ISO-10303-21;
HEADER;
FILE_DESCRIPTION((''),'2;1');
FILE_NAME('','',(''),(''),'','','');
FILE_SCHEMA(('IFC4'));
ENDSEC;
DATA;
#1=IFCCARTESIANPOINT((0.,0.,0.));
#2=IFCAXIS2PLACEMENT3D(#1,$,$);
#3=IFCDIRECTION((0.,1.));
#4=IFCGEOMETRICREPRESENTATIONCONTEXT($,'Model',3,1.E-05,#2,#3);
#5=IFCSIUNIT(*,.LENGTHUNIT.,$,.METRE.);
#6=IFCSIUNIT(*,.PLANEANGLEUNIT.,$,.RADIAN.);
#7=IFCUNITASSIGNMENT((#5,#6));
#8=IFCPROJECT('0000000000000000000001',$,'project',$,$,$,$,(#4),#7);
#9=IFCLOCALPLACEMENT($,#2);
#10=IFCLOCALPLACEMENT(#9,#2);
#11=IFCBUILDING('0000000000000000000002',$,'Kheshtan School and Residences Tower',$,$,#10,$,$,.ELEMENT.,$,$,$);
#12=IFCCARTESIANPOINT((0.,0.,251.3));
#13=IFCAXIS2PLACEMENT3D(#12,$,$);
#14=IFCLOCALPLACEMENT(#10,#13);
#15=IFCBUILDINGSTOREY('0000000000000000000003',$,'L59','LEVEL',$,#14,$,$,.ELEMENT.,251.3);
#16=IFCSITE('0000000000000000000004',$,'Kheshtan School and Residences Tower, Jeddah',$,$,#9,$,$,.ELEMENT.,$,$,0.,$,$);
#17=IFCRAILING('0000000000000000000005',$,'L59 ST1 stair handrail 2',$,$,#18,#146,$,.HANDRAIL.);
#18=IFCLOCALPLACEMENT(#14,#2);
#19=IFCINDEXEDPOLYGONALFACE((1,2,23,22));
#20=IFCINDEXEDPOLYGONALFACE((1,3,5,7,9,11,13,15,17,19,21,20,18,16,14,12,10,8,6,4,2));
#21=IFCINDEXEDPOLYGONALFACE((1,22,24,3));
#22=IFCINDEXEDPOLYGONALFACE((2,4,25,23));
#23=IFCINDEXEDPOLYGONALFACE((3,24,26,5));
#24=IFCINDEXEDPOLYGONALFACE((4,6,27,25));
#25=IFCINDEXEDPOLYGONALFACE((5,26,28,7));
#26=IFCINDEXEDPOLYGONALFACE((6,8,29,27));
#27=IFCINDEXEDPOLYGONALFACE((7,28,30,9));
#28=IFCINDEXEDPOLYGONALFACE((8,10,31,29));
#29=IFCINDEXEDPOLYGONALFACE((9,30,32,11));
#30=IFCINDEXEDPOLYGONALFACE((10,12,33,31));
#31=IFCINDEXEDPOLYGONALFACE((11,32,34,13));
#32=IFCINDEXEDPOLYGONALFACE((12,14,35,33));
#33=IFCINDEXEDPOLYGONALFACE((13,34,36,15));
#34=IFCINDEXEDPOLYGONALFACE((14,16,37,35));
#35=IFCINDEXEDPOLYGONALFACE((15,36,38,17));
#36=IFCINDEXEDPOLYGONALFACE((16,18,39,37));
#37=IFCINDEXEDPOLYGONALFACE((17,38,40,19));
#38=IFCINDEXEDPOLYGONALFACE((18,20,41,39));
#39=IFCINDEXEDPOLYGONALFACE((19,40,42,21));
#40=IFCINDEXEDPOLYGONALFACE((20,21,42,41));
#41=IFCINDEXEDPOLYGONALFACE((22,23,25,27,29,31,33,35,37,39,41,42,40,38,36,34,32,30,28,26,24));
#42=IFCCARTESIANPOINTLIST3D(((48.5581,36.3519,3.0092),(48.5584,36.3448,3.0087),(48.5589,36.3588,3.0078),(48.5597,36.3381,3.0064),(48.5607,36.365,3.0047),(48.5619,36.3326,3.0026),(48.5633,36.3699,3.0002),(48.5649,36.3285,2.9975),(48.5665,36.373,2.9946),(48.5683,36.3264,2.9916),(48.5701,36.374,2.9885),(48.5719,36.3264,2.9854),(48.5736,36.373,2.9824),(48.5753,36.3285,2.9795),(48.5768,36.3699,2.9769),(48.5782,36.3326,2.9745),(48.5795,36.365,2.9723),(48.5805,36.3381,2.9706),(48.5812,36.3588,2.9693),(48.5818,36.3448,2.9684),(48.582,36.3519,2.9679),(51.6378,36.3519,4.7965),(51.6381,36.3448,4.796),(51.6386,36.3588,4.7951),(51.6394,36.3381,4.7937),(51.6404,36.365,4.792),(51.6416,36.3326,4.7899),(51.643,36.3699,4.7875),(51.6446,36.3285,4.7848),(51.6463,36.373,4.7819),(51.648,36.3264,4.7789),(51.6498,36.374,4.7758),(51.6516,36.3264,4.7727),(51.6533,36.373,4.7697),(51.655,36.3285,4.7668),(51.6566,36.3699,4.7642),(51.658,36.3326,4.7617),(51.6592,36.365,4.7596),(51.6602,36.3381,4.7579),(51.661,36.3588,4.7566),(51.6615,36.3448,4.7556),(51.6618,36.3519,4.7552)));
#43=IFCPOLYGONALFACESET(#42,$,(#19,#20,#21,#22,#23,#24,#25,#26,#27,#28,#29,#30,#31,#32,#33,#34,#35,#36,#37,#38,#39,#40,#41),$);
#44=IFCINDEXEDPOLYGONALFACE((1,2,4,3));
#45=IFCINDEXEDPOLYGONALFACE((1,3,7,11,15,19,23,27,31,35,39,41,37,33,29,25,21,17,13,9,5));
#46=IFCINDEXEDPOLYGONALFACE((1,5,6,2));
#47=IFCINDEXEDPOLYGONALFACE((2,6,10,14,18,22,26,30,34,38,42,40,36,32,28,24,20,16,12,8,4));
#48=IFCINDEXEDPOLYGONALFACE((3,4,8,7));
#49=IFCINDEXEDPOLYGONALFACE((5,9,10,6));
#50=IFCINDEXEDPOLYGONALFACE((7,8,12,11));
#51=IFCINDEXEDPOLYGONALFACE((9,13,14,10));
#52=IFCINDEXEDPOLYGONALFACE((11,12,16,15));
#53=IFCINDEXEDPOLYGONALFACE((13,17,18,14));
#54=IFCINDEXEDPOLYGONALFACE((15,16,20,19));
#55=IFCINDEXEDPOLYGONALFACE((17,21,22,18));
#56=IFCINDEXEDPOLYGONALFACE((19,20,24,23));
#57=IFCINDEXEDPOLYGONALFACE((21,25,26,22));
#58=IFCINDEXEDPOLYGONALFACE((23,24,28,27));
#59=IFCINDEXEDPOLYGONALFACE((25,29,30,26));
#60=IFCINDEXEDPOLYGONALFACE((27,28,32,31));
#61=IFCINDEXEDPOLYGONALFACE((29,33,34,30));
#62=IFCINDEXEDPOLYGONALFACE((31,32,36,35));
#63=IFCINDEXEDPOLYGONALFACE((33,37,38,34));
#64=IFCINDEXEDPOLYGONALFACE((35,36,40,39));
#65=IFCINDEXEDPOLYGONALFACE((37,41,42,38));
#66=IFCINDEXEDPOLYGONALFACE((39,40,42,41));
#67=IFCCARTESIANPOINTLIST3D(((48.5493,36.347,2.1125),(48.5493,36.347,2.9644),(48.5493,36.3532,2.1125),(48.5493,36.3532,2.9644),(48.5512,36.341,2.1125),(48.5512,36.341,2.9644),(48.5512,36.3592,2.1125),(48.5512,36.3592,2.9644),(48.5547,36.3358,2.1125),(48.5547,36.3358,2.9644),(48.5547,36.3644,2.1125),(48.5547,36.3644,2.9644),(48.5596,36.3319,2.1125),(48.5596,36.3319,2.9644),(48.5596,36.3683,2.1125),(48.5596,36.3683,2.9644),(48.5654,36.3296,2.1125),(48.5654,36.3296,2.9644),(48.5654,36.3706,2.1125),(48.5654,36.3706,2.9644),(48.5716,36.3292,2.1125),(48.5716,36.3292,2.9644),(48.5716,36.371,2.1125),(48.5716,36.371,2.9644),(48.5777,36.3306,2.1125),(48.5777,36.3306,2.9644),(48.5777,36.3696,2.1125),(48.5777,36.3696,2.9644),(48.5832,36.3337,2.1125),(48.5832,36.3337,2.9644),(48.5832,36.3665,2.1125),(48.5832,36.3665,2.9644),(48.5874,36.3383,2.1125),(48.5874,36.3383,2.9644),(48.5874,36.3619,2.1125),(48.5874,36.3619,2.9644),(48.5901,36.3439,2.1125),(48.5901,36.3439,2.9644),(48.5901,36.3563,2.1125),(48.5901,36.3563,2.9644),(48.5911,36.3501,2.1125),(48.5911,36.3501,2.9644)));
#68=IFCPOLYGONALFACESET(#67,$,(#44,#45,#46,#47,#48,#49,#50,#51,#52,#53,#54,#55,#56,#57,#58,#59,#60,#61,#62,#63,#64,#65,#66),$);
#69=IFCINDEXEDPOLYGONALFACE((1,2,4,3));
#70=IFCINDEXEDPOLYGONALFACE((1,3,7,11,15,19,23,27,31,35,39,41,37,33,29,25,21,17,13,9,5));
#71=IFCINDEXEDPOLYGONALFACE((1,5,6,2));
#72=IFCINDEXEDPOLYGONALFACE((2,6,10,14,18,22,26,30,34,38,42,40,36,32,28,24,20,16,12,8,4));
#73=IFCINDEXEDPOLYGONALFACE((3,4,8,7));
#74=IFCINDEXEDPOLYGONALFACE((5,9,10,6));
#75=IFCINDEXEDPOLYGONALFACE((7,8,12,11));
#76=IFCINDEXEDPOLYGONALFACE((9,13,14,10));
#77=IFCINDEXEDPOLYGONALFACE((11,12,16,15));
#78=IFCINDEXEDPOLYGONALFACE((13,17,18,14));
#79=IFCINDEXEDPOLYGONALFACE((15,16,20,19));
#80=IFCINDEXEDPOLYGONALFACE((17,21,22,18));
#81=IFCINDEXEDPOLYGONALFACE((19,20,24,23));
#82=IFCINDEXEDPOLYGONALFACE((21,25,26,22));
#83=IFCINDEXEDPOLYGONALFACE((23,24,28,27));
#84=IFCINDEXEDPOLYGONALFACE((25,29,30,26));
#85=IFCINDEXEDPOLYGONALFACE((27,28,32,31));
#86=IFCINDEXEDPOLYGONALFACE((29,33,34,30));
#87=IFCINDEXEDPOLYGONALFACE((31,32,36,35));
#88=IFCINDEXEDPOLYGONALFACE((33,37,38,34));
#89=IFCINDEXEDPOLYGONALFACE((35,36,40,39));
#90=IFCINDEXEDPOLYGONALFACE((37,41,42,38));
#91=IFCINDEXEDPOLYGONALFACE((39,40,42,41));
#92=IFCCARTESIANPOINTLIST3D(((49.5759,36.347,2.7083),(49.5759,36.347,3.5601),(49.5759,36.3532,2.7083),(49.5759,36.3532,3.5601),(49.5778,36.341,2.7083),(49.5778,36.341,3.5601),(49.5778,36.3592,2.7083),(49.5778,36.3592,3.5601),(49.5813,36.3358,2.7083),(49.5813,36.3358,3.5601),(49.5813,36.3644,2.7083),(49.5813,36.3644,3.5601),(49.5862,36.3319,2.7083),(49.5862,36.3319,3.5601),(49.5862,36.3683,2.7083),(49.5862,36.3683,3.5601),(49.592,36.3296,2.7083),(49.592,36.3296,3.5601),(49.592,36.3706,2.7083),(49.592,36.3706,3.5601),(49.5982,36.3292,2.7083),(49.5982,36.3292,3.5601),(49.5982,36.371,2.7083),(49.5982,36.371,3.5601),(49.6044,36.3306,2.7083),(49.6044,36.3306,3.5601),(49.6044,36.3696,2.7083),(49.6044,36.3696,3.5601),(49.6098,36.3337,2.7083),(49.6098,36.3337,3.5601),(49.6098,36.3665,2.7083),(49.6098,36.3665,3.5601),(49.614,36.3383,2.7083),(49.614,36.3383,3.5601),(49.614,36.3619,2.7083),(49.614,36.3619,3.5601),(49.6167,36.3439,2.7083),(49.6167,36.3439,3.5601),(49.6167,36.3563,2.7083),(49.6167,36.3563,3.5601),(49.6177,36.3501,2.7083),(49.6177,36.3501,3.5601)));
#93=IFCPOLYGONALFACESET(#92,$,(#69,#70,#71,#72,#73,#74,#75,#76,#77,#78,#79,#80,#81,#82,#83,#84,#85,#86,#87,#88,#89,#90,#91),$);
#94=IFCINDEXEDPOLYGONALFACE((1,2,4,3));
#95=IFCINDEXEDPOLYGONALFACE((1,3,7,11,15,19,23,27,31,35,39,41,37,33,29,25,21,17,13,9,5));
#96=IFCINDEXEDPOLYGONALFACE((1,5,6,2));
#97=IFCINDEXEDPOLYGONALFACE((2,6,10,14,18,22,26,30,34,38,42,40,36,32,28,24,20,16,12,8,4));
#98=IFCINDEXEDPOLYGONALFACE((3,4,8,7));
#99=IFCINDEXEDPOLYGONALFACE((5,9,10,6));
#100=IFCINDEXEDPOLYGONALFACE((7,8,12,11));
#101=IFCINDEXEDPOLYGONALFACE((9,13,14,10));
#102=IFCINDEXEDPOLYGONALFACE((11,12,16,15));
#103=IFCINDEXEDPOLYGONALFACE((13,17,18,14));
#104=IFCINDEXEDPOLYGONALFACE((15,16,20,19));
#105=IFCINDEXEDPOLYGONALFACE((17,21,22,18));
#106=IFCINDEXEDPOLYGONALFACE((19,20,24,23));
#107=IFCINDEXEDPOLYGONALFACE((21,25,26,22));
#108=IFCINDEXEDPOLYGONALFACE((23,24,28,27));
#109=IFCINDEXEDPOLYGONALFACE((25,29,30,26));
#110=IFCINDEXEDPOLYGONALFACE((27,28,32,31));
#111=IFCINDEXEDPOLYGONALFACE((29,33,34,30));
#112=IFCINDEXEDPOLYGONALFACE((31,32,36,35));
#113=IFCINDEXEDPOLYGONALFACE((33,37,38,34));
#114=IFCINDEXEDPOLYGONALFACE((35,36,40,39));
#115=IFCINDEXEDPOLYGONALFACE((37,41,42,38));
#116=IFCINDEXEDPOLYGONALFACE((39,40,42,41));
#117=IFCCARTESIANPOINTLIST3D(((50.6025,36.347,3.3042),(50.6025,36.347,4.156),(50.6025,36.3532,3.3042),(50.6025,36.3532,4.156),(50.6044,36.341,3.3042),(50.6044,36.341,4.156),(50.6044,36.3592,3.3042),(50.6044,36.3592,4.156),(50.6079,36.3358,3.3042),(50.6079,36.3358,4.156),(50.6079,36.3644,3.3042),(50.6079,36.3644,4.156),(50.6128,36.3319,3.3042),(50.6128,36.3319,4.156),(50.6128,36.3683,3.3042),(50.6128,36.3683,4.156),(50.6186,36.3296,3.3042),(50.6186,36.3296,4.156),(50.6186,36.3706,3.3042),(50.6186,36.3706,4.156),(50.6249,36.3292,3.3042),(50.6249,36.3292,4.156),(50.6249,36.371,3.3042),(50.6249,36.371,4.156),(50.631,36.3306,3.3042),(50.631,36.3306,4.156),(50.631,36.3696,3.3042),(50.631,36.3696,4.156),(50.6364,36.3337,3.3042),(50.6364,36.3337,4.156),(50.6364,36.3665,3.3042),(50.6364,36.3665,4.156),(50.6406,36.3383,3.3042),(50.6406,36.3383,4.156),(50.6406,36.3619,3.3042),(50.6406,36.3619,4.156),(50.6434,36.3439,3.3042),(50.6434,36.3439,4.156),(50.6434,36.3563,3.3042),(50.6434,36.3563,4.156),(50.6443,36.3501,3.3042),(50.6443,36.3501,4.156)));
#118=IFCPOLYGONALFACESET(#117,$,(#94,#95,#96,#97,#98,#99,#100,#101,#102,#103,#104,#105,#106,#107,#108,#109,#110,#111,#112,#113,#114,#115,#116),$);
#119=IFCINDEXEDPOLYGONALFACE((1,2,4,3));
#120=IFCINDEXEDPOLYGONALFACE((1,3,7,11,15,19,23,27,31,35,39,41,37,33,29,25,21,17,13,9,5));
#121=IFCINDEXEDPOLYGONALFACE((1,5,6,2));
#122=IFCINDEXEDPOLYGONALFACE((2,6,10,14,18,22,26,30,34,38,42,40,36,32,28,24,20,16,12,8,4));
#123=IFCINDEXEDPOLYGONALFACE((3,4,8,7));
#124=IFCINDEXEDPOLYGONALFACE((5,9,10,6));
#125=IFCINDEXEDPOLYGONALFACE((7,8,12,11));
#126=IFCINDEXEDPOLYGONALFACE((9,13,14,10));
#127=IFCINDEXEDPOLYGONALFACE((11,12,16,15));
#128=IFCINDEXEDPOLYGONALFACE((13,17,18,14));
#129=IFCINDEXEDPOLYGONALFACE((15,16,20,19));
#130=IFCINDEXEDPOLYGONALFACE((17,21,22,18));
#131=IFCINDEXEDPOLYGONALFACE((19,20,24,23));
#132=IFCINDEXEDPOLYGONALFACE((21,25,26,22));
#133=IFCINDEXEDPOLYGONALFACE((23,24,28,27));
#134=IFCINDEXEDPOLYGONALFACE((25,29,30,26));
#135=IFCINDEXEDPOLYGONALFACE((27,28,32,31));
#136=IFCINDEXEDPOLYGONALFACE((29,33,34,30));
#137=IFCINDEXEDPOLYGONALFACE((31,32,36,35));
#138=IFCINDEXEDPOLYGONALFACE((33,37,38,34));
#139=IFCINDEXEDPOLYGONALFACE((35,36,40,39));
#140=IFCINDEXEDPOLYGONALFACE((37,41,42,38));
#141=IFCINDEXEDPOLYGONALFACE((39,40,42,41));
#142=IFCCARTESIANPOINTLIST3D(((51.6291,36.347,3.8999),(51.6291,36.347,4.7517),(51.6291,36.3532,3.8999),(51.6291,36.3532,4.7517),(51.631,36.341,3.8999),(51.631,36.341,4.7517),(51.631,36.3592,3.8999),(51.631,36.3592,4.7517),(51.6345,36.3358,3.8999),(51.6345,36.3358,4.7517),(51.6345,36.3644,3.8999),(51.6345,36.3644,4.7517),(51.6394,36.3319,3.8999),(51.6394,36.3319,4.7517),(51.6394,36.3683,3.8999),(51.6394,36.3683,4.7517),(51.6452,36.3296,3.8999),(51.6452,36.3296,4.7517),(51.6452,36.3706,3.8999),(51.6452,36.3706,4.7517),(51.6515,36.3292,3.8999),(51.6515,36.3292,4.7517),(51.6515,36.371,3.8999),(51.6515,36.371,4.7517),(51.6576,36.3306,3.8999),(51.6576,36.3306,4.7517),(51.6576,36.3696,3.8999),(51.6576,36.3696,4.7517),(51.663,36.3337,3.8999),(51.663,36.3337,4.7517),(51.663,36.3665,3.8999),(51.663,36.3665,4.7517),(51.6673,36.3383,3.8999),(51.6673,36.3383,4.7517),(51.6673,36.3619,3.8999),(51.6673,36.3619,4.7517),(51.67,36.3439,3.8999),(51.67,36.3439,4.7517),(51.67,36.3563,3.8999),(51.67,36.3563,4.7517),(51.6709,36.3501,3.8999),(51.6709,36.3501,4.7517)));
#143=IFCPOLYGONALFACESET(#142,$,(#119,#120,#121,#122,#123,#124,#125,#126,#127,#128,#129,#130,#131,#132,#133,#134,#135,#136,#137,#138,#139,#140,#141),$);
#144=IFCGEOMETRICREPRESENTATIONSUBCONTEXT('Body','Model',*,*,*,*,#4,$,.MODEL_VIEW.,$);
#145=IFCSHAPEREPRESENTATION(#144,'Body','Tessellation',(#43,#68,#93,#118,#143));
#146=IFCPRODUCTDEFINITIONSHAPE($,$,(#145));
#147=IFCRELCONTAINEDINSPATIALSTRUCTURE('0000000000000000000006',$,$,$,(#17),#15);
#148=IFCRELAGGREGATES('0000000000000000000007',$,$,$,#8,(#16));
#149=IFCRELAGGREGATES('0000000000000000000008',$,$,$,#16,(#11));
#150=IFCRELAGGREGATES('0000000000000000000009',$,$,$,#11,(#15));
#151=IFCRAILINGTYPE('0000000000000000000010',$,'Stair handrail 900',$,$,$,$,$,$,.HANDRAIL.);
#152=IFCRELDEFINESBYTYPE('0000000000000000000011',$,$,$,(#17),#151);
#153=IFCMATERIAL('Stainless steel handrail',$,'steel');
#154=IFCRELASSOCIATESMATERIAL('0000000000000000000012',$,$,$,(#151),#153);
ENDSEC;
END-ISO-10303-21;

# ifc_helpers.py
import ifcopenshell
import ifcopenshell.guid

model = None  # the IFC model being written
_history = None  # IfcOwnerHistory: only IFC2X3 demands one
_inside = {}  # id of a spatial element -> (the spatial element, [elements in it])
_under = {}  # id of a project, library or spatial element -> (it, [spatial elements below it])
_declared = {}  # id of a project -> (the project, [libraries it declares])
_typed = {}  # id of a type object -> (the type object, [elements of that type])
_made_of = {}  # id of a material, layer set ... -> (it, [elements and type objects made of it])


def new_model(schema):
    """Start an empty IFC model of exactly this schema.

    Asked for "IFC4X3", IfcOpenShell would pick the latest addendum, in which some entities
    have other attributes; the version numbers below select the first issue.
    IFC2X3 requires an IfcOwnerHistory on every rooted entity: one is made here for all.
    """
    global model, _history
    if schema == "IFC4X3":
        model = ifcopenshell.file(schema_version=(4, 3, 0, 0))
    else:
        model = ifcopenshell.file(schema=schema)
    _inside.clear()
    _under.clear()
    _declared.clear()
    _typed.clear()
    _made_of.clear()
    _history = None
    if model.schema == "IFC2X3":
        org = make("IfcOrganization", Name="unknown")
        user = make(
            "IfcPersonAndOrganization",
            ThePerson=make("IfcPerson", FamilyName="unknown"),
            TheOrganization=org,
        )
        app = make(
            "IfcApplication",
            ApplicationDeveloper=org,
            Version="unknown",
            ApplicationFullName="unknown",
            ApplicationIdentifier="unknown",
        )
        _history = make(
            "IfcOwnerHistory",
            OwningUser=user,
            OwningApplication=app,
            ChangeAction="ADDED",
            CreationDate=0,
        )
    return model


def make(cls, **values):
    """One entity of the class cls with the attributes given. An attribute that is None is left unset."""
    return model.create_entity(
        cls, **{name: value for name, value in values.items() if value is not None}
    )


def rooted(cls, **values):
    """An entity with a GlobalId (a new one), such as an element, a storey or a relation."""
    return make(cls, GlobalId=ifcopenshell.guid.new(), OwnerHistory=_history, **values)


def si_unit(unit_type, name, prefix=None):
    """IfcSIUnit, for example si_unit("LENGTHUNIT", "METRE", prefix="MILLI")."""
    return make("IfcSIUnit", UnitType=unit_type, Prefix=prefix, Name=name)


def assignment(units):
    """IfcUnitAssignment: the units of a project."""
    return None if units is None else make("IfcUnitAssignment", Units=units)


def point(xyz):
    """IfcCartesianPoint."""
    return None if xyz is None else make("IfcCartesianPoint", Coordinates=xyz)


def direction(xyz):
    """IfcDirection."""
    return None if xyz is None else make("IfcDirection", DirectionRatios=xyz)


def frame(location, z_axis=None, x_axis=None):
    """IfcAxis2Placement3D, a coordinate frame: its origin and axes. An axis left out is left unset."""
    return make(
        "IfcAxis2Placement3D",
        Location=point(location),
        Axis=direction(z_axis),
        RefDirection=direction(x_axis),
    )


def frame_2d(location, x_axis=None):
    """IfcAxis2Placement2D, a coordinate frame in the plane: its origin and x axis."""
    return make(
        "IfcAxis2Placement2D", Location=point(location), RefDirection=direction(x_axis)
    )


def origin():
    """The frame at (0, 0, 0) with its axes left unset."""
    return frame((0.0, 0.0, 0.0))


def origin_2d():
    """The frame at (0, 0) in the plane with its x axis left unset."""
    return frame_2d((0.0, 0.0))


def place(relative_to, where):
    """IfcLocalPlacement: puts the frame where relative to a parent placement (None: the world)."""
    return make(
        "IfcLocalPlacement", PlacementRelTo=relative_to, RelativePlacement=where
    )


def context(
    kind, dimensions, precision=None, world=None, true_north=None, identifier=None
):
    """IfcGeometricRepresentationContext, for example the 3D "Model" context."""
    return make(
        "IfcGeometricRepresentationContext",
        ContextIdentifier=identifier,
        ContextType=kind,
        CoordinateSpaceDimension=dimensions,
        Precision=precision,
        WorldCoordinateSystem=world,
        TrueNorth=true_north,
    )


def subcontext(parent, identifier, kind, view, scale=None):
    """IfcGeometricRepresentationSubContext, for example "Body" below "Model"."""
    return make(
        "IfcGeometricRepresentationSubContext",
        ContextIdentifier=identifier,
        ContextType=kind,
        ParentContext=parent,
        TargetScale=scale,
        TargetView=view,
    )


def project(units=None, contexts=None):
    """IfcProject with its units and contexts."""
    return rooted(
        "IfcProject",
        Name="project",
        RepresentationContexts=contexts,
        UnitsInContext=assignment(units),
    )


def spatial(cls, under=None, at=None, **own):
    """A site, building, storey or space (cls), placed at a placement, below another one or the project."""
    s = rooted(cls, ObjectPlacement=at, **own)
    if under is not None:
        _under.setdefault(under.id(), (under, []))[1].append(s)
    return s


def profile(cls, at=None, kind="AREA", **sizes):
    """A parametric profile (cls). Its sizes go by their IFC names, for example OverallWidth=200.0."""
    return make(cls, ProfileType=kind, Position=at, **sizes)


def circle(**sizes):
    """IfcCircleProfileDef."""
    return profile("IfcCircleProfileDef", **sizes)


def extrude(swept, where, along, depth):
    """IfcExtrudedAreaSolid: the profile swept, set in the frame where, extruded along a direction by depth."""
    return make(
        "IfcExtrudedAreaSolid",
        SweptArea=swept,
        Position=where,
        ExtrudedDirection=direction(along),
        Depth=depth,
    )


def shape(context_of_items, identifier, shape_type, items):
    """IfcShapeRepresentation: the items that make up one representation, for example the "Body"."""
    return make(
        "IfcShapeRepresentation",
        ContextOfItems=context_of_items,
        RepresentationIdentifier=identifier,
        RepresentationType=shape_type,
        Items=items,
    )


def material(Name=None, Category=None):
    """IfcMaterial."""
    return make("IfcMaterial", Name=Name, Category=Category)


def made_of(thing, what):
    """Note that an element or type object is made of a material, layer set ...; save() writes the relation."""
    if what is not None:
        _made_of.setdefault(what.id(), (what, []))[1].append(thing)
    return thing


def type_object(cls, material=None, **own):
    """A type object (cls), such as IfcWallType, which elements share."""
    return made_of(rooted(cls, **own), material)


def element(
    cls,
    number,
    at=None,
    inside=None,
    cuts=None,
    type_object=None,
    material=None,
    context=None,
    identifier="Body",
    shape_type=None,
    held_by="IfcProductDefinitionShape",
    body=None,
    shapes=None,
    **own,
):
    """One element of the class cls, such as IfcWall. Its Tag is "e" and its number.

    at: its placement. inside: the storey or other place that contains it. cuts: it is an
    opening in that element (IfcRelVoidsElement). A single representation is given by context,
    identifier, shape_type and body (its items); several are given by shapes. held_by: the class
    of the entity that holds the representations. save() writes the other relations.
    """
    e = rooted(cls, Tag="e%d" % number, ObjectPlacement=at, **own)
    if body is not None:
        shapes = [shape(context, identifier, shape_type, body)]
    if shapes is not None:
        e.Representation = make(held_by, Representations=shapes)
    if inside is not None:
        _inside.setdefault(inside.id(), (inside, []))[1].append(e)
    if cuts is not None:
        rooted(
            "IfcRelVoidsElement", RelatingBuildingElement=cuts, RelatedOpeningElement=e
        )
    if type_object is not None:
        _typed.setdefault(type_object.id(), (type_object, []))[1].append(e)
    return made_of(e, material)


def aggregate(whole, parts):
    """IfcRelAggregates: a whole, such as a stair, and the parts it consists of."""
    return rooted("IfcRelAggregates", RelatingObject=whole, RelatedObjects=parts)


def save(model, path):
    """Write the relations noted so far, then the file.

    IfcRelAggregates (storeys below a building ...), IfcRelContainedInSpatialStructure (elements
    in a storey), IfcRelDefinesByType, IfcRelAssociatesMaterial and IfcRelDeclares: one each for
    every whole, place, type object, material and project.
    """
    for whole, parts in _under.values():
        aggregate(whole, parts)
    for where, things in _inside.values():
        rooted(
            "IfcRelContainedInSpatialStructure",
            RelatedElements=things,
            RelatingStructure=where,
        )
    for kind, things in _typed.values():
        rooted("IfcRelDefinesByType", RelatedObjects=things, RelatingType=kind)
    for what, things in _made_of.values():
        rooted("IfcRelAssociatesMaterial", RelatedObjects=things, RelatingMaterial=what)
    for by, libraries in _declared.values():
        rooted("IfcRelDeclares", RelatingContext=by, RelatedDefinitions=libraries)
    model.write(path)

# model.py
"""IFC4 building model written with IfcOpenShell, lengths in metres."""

from ifc_helpers import new_model, si_unit, direction, frame, origin, origin_2d, place, context, subcontext, project, spatial, circle, extrude, material, type_object, element, save


model = new_model("IFC4")

# Units and contexts
model_context = context("Model", 3, precision=1e-05, world=origin(), true_north=direction((0.0, 1.0)))
body_context = subcontext(model_context, "Body", "Model", "MODEL_VIEW")
ifc_project = project(units=[si_unit("LENGTHUNIT", "METRE"), si_unit("PLANEANGLEUNIT", "RADIAN")], contexts=[model_context])

# Site, building, storey
site_placement = place(None, origin())
site = spatial("IfcSite", under=ifc_project, at=site_placement, Name="Kheshtan School and Residences Tower, Jeddah", CompositionType="ELEMENT", RefElevation=0.0)
building_placement = place(site_placement, origin())
building = spatial("IfcBuilding", under=site, at=building_placement, Name="Kheshtan School and Residences Tower", CompositionType="ELEMENT")
storey_placement = place(building_placement, frame((0.0, 0.0, 251.3)))
storey = spatial("IfcBuildingStorey", under=building, at=storey_placement, Name="L59", Description="LEVEL", CompositionType="ELEMENT", Elevation=251.3)

# Railing
ifc_material_1 = material(Name="Stainless steel handrail", Category="steel")
railing_type_1 = type_object("IfcRailingType", Name="Stair handrail 900", PredefinedType="HANDRAIL", material=ifc_material_1)
railing_1_placement = place(storey_placement, frame((48.5701, 36.3501, 2.1125)))
element("IfcRailing", 1, at=railing_1_placement, inside=storey, type_object=railing_type_1, Name="L59 ST1 stair handrail 2", PredefinedType="HANDRAIL", context=body_context, shape_type="SweptSolid", body=[
    extrude(circle(Radius=0.0239, at=origin_2d()), frame((0.0, 0.0, 0.876), z_axis=(0.864903, 0.0, 0.501939), x_axis=(0.0, 1.0, 0.0)), (0.0, 0.0, 1.0), 3.5608),
    extrude(circle(Radius=0.021, at=origin_2d()), origin(), (0.0, 0.0, 1.0), 0.8518),
    extrude(circle(Radius=0.021, at=origin_2d()), frame((1.0266, 0.0, 0.5957)), (0.0, 0.0, 1.0), 0.8518),
    extrude(circle(Radius=0.021, at=origin_2d()), frame((2.0532, 0.0, 1.1917)), (0.0, 0.0, 1.0), 0.8518),
    extrude(circle(Radius=0.021, at=origin_2d()), frame((3.0798, 0.0, 1.7874)), (0.0, 0.0, 1.0), 0.8518),
])

save(model, "model.ifc")
